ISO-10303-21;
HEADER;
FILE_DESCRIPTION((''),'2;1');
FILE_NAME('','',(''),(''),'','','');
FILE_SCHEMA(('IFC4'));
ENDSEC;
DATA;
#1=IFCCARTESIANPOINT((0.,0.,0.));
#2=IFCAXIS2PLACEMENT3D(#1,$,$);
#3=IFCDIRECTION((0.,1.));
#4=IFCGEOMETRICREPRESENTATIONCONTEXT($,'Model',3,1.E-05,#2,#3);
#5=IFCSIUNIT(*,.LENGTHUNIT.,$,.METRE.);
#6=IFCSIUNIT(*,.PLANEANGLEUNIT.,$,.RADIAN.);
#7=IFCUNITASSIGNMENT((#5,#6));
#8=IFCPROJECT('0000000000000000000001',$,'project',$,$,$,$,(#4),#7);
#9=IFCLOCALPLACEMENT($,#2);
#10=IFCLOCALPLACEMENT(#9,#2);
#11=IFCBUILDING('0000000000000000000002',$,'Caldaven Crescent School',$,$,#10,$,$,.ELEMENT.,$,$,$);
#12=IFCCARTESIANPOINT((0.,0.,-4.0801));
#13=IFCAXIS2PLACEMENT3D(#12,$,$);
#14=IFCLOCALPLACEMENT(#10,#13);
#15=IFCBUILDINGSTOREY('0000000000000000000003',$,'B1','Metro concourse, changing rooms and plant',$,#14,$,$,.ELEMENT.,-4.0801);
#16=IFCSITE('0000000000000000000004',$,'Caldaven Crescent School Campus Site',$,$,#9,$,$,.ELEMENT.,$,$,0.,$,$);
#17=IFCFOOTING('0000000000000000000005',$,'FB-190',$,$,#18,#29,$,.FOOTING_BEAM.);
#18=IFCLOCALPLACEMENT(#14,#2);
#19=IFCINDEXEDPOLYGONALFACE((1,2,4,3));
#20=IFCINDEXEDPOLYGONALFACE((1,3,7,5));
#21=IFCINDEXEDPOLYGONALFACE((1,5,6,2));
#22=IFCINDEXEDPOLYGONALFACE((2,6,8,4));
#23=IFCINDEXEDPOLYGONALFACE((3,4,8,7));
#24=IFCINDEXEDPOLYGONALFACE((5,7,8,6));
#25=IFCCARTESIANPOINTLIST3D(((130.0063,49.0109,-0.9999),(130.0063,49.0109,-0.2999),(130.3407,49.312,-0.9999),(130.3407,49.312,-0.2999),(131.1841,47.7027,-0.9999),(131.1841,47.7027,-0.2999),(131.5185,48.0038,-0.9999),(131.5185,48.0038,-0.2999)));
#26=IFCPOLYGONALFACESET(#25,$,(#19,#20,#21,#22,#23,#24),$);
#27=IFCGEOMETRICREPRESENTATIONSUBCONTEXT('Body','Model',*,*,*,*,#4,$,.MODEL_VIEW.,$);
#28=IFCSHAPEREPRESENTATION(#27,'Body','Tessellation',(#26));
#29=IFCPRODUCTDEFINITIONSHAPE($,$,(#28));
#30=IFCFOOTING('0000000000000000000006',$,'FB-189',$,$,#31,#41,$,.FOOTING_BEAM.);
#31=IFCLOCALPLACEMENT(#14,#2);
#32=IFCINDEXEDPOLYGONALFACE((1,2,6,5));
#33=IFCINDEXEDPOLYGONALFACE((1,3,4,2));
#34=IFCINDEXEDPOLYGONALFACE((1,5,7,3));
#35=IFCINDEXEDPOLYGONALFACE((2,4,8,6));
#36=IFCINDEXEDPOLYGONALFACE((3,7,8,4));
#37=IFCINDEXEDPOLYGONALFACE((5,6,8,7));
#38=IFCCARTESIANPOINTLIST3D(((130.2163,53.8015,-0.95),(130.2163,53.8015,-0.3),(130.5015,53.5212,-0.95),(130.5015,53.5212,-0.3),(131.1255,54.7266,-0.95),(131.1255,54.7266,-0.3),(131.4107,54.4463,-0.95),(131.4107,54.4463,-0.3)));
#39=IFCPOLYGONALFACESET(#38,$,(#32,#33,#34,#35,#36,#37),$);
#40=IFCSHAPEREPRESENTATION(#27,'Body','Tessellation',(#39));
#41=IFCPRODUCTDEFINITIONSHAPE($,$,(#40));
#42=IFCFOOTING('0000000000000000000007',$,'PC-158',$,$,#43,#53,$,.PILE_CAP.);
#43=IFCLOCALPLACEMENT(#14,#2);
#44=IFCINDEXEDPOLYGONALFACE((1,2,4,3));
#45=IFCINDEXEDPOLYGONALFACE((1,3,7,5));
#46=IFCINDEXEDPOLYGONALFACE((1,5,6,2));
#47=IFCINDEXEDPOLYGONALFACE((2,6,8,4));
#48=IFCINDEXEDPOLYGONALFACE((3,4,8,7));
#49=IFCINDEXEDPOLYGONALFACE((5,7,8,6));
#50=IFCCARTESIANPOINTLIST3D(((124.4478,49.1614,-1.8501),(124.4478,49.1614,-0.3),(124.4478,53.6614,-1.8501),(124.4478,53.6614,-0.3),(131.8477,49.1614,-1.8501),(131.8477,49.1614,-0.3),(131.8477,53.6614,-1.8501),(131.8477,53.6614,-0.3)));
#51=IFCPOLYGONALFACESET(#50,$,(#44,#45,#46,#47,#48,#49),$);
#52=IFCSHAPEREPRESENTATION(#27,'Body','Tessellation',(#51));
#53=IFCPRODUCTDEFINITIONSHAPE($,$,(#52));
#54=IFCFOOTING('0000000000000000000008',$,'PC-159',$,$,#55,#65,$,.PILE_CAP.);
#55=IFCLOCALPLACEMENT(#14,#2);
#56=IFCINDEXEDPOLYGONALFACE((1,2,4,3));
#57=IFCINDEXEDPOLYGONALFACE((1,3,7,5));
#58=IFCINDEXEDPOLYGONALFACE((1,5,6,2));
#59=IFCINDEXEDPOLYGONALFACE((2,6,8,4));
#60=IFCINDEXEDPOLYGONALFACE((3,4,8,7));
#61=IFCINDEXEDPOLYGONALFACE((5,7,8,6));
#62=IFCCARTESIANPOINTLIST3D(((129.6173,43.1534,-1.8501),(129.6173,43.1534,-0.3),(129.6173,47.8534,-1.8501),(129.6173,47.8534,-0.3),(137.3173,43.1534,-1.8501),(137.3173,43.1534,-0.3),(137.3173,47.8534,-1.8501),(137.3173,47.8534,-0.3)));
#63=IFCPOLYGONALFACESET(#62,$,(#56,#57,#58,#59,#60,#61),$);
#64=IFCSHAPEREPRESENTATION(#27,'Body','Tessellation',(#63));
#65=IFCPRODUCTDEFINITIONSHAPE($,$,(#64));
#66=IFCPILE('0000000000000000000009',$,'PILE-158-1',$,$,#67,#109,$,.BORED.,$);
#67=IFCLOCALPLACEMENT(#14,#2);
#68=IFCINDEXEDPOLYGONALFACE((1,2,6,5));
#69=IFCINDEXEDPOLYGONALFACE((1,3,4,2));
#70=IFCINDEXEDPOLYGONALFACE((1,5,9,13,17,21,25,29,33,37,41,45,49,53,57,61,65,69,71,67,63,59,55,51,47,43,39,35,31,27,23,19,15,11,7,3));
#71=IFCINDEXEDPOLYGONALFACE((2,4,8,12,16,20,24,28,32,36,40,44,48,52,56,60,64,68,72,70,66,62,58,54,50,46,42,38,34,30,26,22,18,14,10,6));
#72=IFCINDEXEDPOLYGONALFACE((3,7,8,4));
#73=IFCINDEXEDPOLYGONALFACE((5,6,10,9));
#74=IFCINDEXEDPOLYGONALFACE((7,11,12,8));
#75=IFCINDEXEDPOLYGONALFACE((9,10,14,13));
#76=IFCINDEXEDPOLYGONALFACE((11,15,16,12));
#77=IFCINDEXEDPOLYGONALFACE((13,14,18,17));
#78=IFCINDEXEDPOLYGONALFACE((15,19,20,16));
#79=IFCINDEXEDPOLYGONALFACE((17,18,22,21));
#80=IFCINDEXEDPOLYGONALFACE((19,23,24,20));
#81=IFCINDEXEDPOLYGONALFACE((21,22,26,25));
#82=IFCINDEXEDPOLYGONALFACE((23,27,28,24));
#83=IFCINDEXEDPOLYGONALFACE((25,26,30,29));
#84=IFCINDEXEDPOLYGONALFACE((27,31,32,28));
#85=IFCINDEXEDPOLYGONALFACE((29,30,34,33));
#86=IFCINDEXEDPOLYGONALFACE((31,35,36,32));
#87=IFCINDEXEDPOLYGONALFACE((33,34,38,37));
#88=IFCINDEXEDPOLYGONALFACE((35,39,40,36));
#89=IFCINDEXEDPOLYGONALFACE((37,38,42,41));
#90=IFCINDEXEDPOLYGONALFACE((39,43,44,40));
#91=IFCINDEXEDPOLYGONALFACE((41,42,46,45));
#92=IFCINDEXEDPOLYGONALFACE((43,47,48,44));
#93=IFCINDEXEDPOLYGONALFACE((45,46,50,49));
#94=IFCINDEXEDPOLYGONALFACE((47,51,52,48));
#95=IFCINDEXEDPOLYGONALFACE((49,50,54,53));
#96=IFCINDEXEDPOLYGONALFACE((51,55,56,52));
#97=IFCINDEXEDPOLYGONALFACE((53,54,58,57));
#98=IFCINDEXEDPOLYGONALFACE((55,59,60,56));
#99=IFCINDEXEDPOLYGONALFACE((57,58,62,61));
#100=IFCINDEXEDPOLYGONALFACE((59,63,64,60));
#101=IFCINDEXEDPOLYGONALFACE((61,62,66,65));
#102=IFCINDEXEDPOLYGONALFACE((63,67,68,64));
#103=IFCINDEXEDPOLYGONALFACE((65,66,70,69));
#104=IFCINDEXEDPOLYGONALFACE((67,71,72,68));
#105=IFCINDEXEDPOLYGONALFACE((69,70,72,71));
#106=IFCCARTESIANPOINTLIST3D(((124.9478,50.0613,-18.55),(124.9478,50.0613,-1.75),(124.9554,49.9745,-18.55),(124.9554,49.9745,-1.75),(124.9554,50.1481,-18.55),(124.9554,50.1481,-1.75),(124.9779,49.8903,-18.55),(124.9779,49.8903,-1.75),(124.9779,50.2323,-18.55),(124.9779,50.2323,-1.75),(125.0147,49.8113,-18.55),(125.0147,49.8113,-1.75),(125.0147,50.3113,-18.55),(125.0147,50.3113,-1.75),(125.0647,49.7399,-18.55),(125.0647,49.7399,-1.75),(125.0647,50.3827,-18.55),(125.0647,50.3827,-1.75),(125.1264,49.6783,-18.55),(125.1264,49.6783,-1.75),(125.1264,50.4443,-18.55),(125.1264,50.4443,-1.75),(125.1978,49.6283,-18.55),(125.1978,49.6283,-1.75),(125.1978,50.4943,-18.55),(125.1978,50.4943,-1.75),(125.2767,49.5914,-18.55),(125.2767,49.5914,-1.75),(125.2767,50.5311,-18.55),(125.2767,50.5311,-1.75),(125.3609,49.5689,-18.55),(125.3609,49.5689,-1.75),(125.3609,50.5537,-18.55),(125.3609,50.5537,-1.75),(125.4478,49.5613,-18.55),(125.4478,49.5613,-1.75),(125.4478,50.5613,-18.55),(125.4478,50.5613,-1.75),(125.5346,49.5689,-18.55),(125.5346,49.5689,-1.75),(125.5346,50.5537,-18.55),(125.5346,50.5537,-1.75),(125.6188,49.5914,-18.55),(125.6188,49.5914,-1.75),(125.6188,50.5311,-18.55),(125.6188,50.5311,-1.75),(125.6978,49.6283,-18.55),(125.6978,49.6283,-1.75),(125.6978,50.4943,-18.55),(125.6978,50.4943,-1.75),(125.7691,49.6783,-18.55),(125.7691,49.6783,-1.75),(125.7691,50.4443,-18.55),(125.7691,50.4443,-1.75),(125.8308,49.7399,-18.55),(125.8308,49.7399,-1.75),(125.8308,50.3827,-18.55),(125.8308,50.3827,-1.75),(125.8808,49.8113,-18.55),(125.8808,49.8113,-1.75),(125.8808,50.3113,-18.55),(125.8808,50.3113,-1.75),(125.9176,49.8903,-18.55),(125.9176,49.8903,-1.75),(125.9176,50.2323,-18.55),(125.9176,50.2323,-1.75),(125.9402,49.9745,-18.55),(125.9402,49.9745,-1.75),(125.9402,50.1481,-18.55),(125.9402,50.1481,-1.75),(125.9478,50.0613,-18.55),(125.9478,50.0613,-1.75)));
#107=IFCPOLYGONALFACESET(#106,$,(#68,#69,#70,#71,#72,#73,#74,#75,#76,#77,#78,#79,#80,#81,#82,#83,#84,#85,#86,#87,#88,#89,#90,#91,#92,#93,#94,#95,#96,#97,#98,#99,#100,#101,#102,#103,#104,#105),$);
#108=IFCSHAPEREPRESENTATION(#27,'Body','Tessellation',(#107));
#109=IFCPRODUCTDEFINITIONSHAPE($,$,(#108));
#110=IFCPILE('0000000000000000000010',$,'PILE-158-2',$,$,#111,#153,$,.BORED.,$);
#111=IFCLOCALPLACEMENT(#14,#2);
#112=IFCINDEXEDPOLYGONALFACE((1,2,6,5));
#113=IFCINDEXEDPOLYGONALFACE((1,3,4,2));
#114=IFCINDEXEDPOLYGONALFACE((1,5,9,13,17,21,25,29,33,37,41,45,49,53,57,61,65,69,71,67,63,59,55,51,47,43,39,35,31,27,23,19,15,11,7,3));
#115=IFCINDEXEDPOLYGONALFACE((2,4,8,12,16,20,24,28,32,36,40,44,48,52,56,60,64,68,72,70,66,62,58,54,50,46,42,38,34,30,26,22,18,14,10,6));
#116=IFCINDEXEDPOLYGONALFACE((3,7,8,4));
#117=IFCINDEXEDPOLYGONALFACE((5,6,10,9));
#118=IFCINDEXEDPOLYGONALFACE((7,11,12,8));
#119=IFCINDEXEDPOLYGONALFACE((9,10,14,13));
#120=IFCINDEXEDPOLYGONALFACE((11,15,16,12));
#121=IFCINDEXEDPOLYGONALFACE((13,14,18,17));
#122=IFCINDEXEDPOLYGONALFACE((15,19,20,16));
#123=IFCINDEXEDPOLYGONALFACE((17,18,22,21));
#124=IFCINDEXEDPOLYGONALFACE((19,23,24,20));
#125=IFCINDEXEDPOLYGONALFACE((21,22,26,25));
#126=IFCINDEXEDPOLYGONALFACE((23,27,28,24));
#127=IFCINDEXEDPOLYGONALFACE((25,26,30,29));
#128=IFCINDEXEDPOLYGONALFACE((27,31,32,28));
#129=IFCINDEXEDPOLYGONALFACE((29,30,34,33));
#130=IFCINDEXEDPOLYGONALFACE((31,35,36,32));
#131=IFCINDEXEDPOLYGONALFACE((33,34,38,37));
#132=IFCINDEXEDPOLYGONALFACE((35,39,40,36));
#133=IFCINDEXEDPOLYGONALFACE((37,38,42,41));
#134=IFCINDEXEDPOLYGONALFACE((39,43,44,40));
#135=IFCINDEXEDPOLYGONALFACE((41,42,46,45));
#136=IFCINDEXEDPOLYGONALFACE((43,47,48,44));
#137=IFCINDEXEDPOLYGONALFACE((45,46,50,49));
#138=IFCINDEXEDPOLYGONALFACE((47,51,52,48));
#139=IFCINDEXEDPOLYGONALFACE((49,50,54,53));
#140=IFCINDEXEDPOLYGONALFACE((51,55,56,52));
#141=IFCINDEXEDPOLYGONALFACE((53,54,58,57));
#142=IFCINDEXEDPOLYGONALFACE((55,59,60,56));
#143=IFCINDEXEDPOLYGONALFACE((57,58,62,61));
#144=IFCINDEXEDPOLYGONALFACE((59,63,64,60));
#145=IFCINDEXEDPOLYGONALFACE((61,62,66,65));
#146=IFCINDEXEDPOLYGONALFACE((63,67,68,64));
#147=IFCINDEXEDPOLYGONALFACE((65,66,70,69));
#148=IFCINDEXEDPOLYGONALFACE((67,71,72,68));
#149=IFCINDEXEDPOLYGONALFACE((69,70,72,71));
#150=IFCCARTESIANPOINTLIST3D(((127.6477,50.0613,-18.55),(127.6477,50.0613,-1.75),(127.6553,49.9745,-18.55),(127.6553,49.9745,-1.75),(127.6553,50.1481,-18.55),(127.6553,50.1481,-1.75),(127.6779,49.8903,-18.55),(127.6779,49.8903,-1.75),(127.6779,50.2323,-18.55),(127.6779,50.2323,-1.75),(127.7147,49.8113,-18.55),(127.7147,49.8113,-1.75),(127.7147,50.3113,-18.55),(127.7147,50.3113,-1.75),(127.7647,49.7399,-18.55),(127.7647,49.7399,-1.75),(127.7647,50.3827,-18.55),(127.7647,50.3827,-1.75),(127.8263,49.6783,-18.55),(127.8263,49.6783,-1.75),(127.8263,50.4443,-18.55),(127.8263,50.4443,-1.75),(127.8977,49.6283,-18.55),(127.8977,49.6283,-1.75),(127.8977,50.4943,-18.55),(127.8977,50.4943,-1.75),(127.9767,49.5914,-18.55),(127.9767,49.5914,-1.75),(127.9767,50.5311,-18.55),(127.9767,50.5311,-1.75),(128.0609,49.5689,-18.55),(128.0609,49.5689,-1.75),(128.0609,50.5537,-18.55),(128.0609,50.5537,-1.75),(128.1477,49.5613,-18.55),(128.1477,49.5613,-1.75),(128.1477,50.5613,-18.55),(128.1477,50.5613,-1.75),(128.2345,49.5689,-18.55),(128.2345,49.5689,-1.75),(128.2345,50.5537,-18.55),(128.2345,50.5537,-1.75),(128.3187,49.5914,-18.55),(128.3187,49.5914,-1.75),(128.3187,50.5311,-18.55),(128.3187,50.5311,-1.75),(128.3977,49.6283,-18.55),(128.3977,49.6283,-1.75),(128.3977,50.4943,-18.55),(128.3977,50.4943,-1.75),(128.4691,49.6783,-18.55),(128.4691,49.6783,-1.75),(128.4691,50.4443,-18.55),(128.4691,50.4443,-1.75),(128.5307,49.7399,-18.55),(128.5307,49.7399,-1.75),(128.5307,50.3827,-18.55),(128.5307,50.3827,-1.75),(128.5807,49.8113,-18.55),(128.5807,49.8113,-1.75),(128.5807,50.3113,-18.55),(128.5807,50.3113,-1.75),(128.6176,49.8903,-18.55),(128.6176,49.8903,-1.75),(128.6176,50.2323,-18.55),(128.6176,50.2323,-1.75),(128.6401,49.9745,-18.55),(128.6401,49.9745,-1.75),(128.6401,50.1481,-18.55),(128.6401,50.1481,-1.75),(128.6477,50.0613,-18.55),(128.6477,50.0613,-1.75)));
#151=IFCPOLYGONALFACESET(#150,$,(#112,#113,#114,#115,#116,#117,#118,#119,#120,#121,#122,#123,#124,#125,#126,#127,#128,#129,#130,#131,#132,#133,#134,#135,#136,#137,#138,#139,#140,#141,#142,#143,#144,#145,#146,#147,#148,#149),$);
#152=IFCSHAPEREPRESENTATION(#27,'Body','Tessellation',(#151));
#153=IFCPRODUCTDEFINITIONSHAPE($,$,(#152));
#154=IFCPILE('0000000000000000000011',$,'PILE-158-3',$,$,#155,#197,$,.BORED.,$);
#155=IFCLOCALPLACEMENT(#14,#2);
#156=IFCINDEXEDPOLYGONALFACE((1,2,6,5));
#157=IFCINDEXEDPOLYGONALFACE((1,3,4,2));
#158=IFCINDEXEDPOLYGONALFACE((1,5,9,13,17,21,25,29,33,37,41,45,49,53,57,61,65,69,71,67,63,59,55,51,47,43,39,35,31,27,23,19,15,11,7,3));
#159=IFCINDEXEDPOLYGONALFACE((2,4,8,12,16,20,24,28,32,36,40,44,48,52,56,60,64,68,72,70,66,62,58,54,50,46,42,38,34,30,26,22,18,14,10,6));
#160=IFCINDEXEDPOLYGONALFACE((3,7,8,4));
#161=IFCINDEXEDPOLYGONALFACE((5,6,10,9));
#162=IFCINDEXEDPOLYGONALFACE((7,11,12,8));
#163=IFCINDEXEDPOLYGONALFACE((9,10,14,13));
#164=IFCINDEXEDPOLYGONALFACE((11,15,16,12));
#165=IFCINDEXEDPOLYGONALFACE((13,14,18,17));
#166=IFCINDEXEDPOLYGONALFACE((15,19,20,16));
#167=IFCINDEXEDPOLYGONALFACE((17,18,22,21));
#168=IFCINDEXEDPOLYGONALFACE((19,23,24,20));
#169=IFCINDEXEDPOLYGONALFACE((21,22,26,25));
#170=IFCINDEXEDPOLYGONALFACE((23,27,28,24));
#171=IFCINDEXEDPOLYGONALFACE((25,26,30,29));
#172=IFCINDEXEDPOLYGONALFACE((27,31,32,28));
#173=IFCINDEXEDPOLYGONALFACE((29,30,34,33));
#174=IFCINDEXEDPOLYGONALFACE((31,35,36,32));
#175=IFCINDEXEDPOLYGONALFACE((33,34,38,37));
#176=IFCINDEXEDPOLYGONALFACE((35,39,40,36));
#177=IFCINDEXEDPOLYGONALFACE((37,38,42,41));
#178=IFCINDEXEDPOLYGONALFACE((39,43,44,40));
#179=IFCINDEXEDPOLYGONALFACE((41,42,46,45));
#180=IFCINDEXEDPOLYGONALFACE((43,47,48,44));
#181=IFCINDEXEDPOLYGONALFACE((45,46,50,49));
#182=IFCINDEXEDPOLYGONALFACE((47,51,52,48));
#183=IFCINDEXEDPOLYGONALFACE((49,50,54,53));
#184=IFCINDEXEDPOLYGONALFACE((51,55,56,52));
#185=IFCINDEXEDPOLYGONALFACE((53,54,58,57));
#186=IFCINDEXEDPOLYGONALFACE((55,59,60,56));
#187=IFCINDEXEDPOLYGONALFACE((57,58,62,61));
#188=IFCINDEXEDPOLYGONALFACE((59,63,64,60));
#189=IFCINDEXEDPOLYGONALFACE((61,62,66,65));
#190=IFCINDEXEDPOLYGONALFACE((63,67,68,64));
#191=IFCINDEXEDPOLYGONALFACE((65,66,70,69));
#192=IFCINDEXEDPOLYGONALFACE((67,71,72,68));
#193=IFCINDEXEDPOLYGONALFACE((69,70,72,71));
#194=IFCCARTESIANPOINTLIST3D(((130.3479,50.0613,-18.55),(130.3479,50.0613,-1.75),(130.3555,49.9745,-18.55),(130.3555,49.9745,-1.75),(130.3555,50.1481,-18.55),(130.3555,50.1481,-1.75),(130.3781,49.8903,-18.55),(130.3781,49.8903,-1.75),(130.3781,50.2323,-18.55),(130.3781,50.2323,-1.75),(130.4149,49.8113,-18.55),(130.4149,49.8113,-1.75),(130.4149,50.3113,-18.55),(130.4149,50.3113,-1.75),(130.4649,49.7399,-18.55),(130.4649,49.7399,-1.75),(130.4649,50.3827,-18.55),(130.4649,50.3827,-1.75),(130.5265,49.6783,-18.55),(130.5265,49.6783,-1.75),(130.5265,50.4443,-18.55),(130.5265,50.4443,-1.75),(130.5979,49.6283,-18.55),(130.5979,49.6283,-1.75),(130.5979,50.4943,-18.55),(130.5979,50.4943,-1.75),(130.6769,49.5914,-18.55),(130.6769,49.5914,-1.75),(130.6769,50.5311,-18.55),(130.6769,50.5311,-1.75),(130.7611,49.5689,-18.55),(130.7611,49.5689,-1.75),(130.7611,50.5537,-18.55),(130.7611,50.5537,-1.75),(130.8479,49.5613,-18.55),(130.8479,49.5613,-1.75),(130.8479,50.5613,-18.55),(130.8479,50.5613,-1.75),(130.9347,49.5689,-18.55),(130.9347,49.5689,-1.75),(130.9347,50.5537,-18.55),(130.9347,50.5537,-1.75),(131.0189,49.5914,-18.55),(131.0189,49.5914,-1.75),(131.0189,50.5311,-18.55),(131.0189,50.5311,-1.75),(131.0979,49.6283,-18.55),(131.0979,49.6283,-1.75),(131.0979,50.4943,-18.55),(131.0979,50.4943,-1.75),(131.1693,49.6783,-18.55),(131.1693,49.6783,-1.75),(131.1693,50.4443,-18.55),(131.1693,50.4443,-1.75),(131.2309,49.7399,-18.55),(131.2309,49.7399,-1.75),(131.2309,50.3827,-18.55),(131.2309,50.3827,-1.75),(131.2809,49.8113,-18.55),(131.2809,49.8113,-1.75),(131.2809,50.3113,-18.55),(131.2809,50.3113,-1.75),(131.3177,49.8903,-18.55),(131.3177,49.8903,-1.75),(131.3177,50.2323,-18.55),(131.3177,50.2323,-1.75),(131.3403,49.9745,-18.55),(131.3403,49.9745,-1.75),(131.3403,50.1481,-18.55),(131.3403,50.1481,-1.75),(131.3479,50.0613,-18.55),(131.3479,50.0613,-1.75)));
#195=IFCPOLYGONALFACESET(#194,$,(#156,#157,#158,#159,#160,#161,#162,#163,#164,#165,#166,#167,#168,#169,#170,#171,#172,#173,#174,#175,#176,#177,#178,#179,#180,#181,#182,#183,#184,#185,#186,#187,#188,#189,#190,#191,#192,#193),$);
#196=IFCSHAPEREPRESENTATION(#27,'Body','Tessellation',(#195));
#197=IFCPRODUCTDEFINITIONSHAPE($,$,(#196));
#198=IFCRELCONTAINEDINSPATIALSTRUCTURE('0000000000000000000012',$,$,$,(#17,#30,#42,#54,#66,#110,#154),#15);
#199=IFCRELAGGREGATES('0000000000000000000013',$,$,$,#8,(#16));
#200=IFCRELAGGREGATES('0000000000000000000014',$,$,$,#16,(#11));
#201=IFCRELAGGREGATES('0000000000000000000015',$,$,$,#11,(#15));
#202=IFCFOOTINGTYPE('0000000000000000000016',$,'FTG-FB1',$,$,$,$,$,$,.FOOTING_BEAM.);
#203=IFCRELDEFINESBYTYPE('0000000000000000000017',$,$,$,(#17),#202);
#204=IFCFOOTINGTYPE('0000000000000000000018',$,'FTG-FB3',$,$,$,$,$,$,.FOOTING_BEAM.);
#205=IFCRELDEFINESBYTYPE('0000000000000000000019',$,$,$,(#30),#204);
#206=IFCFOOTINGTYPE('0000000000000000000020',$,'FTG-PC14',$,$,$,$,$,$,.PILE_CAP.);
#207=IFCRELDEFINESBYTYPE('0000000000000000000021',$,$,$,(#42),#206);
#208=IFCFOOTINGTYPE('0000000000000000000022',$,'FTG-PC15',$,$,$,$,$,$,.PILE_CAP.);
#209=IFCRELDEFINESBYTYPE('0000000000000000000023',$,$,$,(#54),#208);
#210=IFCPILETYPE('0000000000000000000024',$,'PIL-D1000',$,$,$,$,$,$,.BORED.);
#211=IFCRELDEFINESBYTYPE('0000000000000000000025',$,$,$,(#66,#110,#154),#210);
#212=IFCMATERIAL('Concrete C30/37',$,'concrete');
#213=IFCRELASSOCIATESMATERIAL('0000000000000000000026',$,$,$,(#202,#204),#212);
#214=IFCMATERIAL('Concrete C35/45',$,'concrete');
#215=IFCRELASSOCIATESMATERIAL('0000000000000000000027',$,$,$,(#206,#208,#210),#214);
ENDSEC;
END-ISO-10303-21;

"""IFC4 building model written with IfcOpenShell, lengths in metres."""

from ifc_helpers import new_model, si_unit, direction, frame, origin, origin_2d, place, context, subcontext, project, spatial, rectangle, circle, extrude, material, material_profile, profile_set, type_object, element, save


model = new_model("IFC4")

# Units and contexts
model_context = context("Model", 3, precision=1e-05, world=origin(), true_north=direction((0.0, 1.0)))
body_context = subcontext(model_context, "Body", "Model", "MODEL_VIEW")
ifc_project = project(units=[si_unit("LENGTHUNIT", "METRE"), si_unit("PLANEANGLEUNIT", "RADIAN")], contexts=[model_context])

# Site, building, storey
site_placement = place(None, origin())
site = spatial("IfcSite", under=ifc_project, at=site_placement, Name="Caldaven Crescent School Campus Site", CompositionType="ELEMENT", RefElevation=0.0)
building_placement = place(site_placement, origin())
building = spatial("IfcBuilding", under=site, at=building_placement, Name="Caldaven Crescent School", CompositionType="ELEMENT")
storey_placement = place(building_placement, frame((0.0, 0.0, -4.0801)))
storey = spatial("IfcBuildingStorey", under=building, at=storey_placement, Name="B1", Description="Metro concourse, changing rooms and plant", CompositionType="ELEMENT", Elevation=-4.0801)

# Footings
ifc_material_1 = material(Name="Concrete C30/37", Category="concrete")
ifc_material_profile_1 = material_profile(ifc_material_1, rectangle(XDim=0.45, YDim=0.7, at=origin_2d()), Name="FB 450x700")
ifc_profile_set_1 = profile_set([ifc_material_profile_1], Name="Concrete C30/37")
footing_type_1 = type_object("IfcFootingType", Name="FTG-FB1", PredefinedType="FOOTING_BEAM", material=ifc_profile_set_1)
footing_1_placement = place(storey_placement, frame((131.3513, 47.8533, -0.6499), z_axis=(-0.669103, 0.74317, 0.0), x_axis=(-0.74317, -0.669103, 0.0)))
element("IfcFooting", 1, at=footing_1_placement, inside=storey, type_object=footing_type_1, Name="FB-190", PredefinedType="FOOTING_BEAM", context=body_context, shape_type="SweptSolid", body=[
    extrude(rectangle(XDim=0.45, YDim=0.7, at=origin_2d()), origin(), (0.0, 0.0, 1.0), 1.7603),
])
ifc_material_profile_2 = material_profile(ifc_material_1, rectangle(XDim=0.3999, YDim=0.6499, at=origin_2d()), Name="FB 400x650")
ifc_profile_set_2 = profile_set([ifc_material_profile_2], Name="Concrete C30/37")
footing_type_2 = type_object("IfcFootingType", Name="FTG-FB3", PredefinedType="FOOTING_BEAM", material=ifc_profile_set_2)
footing_2_placement = place(storey_placement, frame((130.3589, 53.6614, -0.625), z_axis=(0.700963, 0.713198, 0.0), x_axis=(-0.713198, 0.700963, 0.0)))
element("IfcFooting", 2, at=footing_2_placement, inside=storey, type_object=footing_type_2, Name="FB-189", PredefinedType="FOOTING_BEAM", context=body_context, shape_type="SweptSolid", body=[
    extrude(rectangle(XDim=0.3999, YDim=0.6499, at=origin_2d()), origin(), (0.0, 0.0, 1.0), 1.2971),
])
ifc_material_2 = material(Name="Concrete C35/45", Category="concrete")
footing_type_3 = type_object("IfcFootingType", Name="FTG-PC14", PredefinedType="PILE_CAP", material=ifc_material_2)
footing_3_placement = place(storey_placement, frame((128.1477, 51.4114, -1.8501), z_axis=(0.0, 0.0, 1.0), x_axis=(1.0, 0.0, 0.0)))
element("IfcFooting", 3, at=footing_3_placement, inside=storey, type_object=footing_type_3, Name="PC-158", PredefinedType="PILE_CAP", context=body_context, shape_type="SweptSolid", body=[
    extrude(rectangle(XDim=7.3999, YDim=4.5, at=origin_2d()), origin(), (0.0, 0.0, 1.0), 1.55),
])
footing_type_4 = type_object("IfcFootingType", Name="FTG-PC15", PredefinedType="PILE_CAP", material=ifc_material_2)
footing_4_placement = place(storey_placement, frame((133.4673, 45.5034, -1.8501), z_axis=(0.0, 0.0, 1.0), x_axis=(1.0, 0.0, 0.0)))
element("IfcFooting", 4, at=footing_4_placement, inside=storey, type_object=footing_type_4, Name="PC-159", PredefinedType="PILE_CAP", context=body_context, shape_type="SweptSolid", body=[
    extrude(rectangle(XDim=7.7, YDim=4.7, at=origin_2d()), origin(), (0.0, 0.0, 1.0), 1.55),
])

# Piles
ifc_material_profile_3 = material_profile(ifc_material_2, circle(Radius=0.5, at=origin_2d()), Name="PILE D1000")
ifc_profile_set_3 = profile_set([ifc_material_profile_3], Name="Concrete C35/45")
pile_type = type_object("IfcPileType", Name="PIL-D1000", PredefinedType="BORED", material=ifc_profile_set_3)
for number, where, z_axis, x_axis, name in (
    (5, (125.4478, 50.0613, -1.75), (0.0, 0.0, -1.0), (1.0, 0.0, 0.0), "PILE-158-1"),
    (6, (128.1477, 50.0613, -1.75), (0.0, 0.0, -1.0), (1.0, 0.0, 0.0), "PILE-158-2"),
    (7, (130.8479, 50.0613, -1.75), (0.0, 0.0, -1.0), (1.0, 0.0, 0.0), "PILE-158-3"),
):
    element("IfcPile", number, at=place(storey_placement, frame(where, z_axis=z_axis, x_axis=x_axis)), inside=storey, type_object=pile_type, Name=name, PredefinedType="BORED", context=body_context, shape_type="SweptSolid", body=[
        extrude(circle(Radius=0.5, at=origin_2d()), origin(), (0.0, 0.0, 1.0), 16.8),
    ])

save(model, "model.ifc")
